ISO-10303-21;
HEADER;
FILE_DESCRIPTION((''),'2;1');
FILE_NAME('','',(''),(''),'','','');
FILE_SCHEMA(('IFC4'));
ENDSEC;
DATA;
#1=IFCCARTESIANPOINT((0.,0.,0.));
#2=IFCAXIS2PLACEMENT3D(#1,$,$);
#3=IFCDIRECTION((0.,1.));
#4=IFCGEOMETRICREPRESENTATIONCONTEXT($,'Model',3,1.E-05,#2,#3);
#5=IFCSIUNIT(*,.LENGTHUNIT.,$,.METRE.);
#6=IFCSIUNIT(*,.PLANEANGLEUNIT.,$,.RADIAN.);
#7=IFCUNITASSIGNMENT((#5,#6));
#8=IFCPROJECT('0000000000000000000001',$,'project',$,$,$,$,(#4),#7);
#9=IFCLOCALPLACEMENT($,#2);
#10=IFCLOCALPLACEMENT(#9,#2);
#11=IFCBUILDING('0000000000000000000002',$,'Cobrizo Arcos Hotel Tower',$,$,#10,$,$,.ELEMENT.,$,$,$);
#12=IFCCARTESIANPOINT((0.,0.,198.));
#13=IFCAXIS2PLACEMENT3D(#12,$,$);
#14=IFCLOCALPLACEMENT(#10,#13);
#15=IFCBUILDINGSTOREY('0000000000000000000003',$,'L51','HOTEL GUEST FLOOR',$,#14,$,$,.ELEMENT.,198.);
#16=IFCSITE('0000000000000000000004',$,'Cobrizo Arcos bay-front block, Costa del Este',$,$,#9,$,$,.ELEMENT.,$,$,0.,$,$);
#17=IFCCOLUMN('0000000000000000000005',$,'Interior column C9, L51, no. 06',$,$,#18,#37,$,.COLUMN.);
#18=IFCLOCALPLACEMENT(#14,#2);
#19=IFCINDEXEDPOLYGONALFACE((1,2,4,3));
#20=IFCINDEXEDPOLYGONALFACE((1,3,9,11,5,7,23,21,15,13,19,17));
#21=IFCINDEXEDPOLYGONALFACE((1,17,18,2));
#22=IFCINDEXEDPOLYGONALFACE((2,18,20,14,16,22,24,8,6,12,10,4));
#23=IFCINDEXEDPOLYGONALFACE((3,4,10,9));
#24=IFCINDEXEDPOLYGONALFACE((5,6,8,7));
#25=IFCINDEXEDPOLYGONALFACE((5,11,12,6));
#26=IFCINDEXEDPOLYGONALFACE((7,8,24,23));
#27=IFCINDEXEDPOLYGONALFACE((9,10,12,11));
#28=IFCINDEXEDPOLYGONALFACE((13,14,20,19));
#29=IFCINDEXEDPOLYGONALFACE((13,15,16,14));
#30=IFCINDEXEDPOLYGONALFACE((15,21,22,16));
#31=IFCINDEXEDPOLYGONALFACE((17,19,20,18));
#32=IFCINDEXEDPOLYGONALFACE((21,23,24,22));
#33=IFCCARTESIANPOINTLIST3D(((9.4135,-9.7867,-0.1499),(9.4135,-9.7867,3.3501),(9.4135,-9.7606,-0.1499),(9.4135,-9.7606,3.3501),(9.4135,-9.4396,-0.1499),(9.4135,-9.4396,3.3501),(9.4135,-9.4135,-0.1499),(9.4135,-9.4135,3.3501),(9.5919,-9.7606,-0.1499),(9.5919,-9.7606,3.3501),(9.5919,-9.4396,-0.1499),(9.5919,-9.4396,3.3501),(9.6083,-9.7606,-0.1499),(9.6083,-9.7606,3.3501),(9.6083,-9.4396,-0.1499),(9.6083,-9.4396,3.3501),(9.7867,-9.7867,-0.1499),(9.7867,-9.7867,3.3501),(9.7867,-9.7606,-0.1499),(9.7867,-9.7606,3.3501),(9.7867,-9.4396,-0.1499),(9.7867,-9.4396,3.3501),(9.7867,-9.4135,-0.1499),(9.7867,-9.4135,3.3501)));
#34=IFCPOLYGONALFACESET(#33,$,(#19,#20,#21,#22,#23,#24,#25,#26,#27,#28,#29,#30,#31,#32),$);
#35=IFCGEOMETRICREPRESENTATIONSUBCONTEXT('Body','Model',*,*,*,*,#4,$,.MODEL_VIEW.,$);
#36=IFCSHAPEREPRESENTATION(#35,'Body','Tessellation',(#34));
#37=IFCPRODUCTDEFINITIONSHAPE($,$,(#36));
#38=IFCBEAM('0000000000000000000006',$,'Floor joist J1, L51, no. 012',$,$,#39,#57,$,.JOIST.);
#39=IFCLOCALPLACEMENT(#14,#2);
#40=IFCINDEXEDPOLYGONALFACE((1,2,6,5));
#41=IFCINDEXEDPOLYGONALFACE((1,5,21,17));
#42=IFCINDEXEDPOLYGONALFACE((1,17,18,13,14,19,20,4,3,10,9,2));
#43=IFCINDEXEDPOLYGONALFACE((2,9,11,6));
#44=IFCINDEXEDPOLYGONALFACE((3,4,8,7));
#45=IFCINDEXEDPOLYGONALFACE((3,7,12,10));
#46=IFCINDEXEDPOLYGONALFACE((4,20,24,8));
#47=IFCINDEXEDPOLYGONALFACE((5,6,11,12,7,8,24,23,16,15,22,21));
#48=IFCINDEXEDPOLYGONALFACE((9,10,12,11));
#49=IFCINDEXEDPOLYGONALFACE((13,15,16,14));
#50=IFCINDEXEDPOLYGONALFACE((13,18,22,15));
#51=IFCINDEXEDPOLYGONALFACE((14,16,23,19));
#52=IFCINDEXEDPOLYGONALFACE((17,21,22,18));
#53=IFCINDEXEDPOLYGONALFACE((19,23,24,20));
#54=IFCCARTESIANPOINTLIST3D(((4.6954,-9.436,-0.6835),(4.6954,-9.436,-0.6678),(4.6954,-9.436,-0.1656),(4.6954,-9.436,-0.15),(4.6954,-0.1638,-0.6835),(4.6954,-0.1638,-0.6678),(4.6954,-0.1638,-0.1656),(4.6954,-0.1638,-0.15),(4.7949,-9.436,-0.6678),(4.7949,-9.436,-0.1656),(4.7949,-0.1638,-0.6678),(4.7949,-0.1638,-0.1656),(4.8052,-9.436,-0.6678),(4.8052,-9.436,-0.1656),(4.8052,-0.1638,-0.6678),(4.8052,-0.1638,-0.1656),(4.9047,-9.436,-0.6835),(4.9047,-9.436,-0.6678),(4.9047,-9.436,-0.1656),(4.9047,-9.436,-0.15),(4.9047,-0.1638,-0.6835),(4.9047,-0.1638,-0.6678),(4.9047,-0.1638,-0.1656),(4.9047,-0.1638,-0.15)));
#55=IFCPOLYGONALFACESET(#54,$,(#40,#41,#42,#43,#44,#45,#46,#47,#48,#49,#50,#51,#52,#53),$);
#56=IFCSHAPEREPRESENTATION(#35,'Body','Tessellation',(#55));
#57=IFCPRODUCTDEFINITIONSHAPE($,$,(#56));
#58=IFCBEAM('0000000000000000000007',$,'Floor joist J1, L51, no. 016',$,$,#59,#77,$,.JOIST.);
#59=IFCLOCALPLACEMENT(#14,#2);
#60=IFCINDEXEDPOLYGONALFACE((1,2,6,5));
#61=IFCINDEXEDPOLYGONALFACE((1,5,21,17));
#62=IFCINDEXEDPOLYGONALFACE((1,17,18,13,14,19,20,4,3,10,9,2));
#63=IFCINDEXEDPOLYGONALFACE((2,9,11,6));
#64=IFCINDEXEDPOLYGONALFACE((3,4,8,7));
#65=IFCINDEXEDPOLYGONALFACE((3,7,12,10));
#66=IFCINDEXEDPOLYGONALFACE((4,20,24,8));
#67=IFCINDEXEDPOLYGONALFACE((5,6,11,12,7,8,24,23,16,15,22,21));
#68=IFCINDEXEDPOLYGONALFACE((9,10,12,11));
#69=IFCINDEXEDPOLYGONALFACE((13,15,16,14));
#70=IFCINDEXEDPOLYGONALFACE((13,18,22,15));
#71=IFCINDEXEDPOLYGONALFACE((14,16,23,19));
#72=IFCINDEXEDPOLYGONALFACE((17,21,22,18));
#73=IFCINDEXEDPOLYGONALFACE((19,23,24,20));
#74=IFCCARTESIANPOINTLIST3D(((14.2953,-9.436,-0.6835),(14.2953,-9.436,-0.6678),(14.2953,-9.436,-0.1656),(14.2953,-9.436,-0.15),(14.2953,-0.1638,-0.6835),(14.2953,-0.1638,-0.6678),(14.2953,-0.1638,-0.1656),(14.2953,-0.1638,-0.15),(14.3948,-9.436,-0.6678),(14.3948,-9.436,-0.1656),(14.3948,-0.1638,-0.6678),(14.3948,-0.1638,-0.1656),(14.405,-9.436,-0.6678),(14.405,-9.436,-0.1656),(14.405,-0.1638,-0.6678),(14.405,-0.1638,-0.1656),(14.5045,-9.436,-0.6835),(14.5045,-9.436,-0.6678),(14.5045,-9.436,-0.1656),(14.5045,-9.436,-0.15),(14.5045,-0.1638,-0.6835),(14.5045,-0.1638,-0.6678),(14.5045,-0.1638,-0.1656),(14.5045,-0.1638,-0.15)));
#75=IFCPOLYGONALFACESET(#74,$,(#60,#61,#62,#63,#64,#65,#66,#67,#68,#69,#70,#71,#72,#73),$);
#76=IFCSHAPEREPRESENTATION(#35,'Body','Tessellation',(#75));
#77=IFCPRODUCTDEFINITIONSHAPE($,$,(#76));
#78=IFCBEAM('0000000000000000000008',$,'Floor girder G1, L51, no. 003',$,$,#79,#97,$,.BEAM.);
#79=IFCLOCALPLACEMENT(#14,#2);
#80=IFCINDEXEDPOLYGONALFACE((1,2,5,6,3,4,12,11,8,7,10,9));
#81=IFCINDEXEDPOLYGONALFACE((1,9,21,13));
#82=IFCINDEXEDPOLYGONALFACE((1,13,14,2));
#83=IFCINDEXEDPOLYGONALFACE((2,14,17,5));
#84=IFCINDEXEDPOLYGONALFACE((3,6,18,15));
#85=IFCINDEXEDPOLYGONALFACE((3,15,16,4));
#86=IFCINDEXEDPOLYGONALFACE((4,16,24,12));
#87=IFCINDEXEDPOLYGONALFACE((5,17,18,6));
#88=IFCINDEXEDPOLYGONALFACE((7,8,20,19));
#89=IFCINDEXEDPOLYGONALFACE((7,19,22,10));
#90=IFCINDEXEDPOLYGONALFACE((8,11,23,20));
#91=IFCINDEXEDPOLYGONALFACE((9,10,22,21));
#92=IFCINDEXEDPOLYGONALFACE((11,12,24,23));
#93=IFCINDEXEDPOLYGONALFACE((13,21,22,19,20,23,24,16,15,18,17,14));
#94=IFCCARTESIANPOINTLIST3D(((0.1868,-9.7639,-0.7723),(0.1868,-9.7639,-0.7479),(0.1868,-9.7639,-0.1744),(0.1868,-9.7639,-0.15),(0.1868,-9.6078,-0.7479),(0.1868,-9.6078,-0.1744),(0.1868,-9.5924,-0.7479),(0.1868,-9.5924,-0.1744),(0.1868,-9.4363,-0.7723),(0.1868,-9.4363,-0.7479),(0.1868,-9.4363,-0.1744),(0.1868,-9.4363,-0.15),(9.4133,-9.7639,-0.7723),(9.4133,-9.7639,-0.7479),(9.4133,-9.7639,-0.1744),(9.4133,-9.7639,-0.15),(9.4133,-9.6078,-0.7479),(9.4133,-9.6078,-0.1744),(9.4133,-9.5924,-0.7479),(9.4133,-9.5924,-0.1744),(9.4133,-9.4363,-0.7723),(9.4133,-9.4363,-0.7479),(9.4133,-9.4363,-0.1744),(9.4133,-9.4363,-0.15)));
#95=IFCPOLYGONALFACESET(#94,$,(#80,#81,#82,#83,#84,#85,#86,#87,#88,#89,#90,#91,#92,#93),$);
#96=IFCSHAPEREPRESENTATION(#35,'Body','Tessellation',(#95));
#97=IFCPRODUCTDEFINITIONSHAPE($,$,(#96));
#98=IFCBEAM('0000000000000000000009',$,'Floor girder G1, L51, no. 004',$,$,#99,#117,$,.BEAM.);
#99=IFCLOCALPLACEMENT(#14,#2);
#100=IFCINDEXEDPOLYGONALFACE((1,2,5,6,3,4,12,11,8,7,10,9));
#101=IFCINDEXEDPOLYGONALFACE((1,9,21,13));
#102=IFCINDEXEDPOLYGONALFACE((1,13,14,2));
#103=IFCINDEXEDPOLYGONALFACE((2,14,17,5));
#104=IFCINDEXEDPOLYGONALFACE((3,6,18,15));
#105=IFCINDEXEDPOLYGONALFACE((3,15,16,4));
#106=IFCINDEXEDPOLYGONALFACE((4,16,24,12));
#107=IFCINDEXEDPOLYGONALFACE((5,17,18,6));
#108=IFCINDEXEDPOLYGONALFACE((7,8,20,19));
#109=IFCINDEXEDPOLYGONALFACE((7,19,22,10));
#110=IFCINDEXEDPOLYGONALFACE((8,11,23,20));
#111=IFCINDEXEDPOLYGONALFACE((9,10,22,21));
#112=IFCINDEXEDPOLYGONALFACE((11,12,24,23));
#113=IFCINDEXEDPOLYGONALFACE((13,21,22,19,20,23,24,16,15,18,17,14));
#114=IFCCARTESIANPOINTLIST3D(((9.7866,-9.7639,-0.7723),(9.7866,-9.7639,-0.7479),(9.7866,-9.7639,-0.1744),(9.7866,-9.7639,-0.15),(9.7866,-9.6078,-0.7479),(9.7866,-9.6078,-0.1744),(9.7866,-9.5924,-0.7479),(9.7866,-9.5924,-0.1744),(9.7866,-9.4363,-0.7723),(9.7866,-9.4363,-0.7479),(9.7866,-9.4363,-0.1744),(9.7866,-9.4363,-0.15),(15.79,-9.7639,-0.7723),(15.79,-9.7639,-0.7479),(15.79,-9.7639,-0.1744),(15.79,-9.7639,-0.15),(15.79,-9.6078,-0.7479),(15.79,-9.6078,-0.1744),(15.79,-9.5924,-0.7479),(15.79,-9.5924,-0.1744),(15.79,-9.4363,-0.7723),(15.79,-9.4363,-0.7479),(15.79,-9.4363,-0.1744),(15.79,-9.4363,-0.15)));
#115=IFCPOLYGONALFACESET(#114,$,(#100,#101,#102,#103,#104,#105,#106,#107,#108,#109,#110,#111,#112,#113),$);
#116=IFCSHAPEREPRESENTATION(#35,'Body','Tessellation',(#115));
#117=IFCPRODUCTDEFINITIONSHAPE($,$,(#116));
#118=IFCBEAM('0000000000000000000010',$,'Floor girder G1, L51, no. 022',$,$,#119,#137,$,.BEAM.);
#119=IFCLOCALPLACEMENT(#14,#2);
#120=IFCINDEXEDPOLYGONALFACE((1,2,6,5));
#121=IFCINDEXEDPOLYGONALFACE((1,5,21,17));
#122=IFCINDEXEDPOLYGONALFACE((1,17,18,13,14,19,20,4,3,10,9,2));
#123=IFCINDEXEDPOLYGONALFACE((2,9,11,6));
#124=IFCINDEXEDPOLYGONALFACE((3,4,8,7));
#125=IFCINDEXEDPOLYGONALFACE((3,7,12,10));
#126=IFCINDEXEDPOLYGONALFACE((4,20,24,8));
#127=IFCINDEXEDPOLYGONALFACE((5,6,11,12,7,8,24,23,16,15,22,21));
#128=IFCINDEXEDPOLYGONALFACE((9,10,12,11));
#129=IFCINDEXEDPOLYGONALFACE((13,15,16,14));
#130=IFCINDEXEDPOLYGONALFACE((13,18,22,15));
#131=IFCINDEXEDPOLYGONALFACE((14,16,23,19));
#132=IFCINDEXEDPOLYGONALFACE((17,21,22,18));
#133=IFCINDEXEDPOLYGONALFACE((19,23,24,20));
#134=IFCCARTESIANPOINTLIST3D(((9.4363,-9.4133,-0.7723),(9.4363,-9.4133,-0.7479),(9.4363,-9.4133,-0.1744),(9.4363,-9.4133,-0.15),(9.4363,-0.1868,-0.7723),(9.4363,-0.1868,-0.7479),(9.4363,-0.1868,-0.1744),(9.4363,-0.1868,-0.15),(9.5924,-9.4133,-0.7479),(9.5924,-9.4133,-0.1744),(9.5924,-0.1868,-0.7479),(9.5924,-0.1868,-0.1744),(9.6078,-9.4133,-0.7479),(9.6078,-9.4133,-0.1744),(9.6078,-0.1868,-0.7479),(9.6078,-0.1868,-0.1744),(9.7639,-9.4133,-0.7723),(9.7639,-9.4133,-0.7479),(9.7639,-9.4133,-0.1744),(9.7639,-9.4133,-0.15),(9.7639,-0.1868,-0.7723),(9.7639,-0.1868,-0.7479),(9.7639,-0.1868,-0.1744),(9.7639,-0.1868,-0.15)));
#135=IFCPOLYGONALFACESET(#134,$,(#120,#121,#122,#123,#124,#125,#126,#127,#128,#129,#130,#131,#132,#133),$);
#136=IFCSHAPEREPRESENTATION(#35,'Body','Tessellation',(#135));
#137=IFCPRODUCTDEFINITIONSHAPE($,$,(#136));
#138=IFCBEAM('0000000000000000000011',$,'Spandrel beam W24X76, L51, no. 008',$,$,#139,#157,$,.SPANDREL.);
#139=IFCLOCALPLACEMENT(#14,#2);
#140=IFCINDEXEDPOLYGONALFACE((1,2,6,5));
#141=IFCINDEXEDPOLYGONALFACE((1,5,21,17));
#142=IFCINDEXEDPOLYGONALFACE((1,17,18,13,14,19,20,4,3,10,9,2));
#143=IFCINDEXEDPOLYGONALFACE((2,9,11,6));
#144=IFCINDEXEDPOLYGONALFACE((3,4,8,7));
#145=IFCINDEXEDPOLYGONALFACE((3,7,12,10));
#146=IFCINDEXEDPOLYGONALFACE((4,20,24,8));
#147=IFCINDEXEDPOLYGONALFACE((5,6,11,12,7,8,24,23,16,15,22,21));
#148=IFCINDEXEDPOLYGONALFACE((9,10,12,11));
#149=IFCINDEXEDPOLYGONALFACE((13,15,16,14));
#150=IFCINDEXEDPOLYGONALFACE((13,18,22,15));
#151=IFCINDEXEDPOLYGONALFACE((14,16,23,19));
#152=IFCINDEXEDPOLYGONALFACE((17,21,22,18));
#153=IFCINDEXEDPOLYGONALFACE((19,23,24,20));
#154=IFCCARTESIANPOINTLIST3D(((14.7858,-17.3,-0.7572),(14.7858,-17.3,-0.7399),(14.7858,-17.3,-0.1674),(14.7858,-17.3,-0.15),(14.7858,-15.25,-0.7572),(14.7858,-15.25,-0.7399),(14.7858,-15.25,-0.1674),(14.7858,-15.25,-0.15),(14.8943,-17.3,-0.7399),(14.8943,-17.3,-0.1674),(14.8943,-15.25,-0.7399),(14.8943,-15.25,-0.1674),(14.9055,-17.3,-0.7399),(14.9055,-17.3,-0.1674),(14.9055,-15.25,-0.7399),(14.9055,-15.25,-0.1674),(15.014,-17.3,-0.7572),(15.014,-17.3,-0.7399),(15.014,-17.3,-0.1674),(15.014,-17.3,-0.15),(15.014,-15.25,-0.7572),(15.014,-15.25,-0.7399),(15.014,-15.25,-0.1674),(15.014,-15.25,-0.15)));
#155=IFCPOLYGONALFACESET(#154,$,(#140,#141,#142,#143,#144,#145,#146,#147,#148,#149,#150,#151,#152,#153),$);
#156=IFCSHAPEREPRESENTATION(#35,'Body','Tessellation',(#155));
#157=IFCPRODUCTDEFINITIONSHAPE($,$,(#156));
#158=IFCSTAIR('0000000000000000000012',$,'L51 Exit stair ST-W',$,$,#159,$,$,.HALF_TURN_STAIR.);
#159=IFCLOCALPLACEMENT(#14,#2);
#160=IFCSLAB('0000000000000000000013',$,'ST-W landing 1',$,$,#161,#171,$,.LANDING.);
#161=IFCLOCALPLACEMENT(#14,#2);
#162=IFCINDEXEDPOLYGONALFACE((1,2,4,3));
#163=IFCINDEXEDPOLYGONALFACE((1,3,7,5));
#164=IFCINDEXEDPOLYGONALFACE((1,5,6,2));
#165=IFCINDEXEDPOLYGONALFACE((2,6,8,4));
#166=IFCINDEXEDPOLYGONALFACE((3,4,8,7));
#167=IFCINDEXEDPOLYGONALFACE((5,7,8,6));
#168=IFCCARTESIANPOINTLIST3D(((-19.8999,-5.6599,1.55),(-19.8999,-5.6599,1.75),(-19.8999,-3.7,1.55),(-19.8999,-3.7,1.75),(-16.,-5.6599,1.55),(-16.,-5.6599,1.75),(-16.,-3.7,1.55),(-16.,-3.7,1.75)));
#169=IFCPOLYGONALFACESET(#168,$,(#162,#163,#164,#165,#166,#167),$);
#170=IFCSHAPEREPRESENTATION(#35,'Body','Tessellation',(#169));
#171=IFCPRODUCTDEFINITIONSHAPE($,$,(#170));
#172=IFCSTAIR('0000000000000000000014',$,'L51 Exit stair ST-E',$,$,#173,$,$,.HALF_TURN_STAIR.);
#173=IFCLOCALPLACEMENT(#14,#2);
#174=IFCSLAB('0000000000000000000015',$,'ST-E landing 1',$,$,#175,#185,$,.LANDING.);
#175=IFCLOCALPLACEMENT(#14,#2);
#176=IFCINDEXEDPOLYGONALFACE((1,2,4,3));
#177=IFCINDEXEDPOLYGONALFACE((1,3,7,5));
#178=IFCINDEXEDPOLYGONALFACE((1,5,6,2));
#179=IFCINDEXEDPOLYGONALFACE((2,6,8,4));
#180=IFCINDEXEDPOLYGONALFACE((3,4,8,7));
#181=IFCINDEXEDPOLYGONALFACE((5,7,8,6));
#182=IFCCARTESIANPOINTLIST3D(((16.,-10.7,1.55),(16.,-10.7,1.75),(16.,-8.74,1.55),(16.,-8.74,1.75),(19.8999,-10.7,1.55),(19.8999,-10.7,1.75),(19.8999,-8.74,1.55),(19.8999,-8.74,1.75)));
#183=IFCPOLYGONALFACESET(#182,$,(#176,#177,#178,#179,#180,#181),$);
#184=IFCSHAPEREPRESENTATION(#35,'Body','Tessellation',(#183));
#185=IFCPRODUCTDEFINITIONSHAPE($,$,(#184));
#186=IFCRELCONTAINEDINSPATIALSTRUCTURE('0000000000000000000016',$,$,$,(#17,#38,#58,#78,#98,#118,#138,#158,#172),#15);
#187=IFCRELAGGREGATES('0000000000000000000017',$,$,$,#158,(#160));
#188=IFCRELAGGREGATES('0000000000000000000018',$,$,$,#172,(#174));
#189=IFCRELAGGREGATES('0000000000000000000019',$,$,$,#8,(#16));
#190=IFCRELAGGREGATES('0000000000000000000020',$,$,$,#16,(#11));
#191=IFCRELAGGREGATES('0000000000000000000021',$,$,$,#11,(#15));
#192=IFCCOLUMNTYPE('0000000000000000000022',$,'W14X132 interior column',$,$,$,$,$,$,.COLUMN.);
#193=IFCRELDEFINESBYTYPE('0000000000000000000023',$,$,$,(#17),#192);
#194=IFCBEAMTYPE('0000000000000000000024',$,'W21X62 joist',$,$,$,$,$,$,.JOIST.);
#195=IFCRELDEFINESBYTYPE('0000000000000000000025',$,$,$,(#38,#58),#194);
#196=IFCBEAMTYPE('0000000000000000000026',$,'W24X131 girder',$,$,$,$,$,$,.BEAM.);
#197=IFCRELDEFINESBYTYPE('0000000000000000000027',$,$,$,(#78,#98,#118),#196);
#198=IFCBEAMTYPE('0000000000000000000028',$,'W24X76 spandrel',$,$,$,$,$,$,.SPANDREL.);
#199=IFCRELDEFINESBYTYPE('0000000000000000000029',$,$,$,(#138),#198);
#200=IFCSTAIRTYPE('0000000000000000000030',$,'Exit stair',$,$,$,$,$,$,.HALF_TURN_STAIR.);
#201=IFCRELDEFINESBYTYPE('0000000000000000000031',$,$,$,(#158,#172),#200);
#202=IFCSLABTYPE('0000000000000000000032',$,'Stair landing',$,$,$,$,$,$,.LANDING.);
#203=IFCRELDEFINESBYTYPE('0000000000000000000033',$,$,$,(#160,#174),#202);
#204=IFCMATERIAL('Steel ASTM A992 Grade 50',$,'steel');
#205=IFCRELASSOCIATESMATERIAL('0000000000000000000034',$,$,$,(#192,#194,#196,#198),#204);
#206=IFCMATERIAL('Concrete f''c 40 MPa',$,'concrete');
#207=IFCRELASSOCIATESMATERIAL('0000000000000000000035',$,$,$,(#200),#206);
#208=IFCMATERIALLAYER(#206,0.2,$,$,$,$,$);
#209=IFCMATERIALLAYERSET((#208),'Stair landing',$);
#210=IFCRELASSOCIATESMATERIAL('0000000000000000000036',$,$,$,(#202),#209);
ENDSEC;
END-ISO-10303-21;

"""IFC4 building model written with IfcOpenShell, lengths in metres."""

from ifc_helpers import new_model, si_unit, direction, frame, origin, origin_2d, place, context, subcontext, project, spatial, polyline, i_section, outline, extrude, material, layer, layer_set, material_profile, profile_set, type_object, element, aggregate, save


model = new_model("IFC4")

# Units and contexts
model_context = context("Model", 3, precision=1e-05, world=origin(), true_north=direction((0.0, 1.0)))
body_context = subcontext(model_context, "Body", "Model", "MODEL_VIEW")
ifc_project = project(units=[si_unit("LENGTHUNIT", "METRE"), si_unit("PLANEANGLEUNIT", "RADIAN")], contexts=[model_context])

# Site, building, storey
site_placement = place(None, origin())
site = spatial("IfcSite", under=ifc_project, at=site_placement, Name="Cobrizo Arcos bay-front block, Costa del Este", CompositionType="ELEMENT", RefElevation=0.0)
building_placement = place(site_placement, origin())
building = spatial("IfcBuilding", under=site, at=building_placement, Name="Cobrizo Arcos Hotel Tower", CompositionType="ELEMENT")
storey_placement = place(building_placement, frame((0.0, 0.0, 198.0)))
storey = spatial("IfcBuildingStorey", under=building, at=storey_placement, Name="L51", Description="HOTEL GUEST FLOOR", CompositionType="ELEMENT", Elevation=198.0)

# Column
ifc_material_1 = material(Name="Steel ASTM A992 Grade 50", Category="steel")
ifc_material_profile_1 = material_profile(ifc_material_1, i_section(OverallWidth=0.3733, OverallDepth=0.3733, WebThickness=0.0164, FlangeThickness=0.0261, at=origin_2d()), Name="W14X132")
ifc_profile_set_1 = profile_set([ifc_material_profile_1], Name="Steel ASTM A992 Grade 50")
column_type = type_object("IfcColumnType", Name="W14X132 interior column", PredefinedType="COLUMN", material=ifc_profile_set_1)
column_placement = place(storey_placement, frame((9.6001, -9.6001, -0.1499), z_axis=(0.0, 0.0, 1.0), x_axis=(1.0, 0.0, 0.0)))
element("IfcColumn", 1, at=column_placement, inside=storey, type_object=column_type, Name="Interior column C9, L51, no. 06", PredefinedType="COLUMN", context=body_context, shape_type="SweptSolid", body=[
    extrude(i_section(OverallWidth=0.3733, OverallDepth=0.3733, WebThickness=0.0164, FlangeThickness=0.0261, at=origin_2d()), origin(), (0.0, 0.0, 1.0), 3.5),
])

# Beams
ifc_material_profile_2 = material_profile(ifc_material_1, i_section(OverallWidth=0.2092, OverallDepth=0.5334, WebThickness=0.0103, FlangeThickness=0.0156, at=origin_2d()), Name="W21X62")
ifc_profile_set_2 = profile_set([ifc_material_profile_2], Name="Steel ASTM A992 Grade 50")
beam_type_1 = type_object("IfcBeamType", Name="W21X62 joist", PredefinedType="JOIST", material=ifc_profile_set_2)
for number, where, z_axis, x_axis, name in (
    (2, (4.8, -9.436, -0.4167), (0.0, 1.0, 0.0), (-1.0, 0.0, 0.0), "Floor joist J1, L51, no. 012"),
    (3, (14.3999, -9.436, -0.4167), (0.0, 1.0, 0.0), (-1.0, 0.0, 0.0), "Floor joist J1, L51, no. 016"),
):
    element("IfcBeam", number, at=place(storey_placement, frame(where, z_axis=z_axis, x_axis=x_axis)), inside=storey, type_object=beam_type_1, Name=name, PredefinedType="JOIST", context=body_context, shape_type="SweptSolid", body=[
        extrude(i_section(OverallWidth=0.2092, OverallDepth=0.5334, WebThickness=0.0103, FlangeThickness=0.0156, at=origin_2d()), origin(), (0.0, 0.0, 1.0), 9.2722),
    ])
ifc_material_profile_3 = material_profile(ifc_material_1, i_section(OverallWidth=0.3276, OverallDepth=0.6223, WebThickness=0.0154, FlangeThickness=0.0244, at=origin_2d()), Name="W24X131")
ifc_profile_set_3 = profile_set([ifc_material_profile_3], Name="Steel ASTM A992 Grade 50")
beam_type_2 = type_object("IfcBeamType", Name="W24X131 girder", PredefinedType="BEAM", material=ifc_profile_set_3)
beam_1_placement = place(storey_placement, frame((0.1868, -9.6001, -0.4612), z_axis=(1.0, 0.0, 0.0), x_axis=(0.0, 1.0, 0.0)))
element("IfcBeam", 4, at=beam_1_placement, inside=storey, type_object=beam_type_2, Name="Floor girder G1, L51, no. 003", PredefinedType="BEAM", context=body_context, shape_type="SweptSolid", body=[
    extrude(i_section(OverallWidth=0.3276, OverallDepth=0.6223, WebThickness=0.0154, FlangeThickness=0.0244, at=origin_2d()), origin(), (0.0, 0.0, 1.0), 9.2266),
])
beam_2_placement = place(storey_placement, frame((9.7866, -9.6001, -0.4612), z_axis=(1.0, 0.0, 0.0), x_axis=(0.0, 1.0, 0.0)))
element("IfcBeam", 5, at=beam_2_placement, inside=storey, type_object=beam_type_2, Name="Floor girder G1, L51, no. 004", PredefinedType="BEAM", context=body_context, shape_type="SweptSolid", body=[
    extrude(i_section(OverallWidth=0.3276, OverallDepth=0.6223, WebThickness=0.0154, FlangeThickness=0.0244, at=origin_2d()), origin(), (0.0, 0.0, 1.0), 6.0034),
])
beam_3_placement = place(storey_placement, frame((9.6001, -9.4133, -0.4612), z_axis=(0.0, 1.0, 0.0), x_axis=(-1.0, 0.0, 0.0)))
element("IfcBeam", 6, at=beam_3_placement, inside=storey, type_object=beam_type_2, Name="Floor girder G1, L51, no. 022", PredefinedType="BEAM", context=body_context, shape_type="SweptSolid", body=[
    extrude(i_section(OverallWidth=0.3276, OverallDepth=0.6223, WebThickness=0.0154, FlangeThickness=0.0244, at=origin_2d()), origin(), (0.0, 0.0, 1.0), 9.2266),
])
ifc_material_profile_4 = material_profile(ifc_material_1, i_section(OverallWidth=0.2283, OverallDepth=0.6072, WebThickness=0.0112, FlangeThickness=0.0173, at=origin_2d()), Name="W24X76")
ifc_profile_set_4 = profile_set([ifc_material_profile_4], Name="Steel ASTM A992 Grade 50")
beam_type_3 = type_object("IfcBeamType", Name="W24X76 spandrel", PredefinedType="SPANDREL", material=ifc_profile_set_4)
beam_4_placement = place(storey_placement, frame((14.8999, -17.3, -0.4536), z_axis=(0.0, 1.0, 0.0), x_axis=(-1.0, 0.0, 0.0)))
element("IfcBeam", 7, at=beam_4_placement, inside=storey, type_object=beam_type_3, Name="Spandrel beam W24X76, L51, no. 008", PredefinedType="SPANDREL", context=body_context, shape_type="SweptSolid", body=[
    extrude(i_section(OverallWidth=0.2283, OverallDepth=0.6072, WebThickness=0.0112, FlangeThickness=0.0173, at=origin_2d()), origin(), (0.0, 0.0, 1.0), 2.05),
])

# Stairs, slabs
ifc_material_2 = material(Name="Concrete f'c 40 MPa", Category="concrete")
stair_type = type_object("IfcStairType", Name="Exit stair", PredefinedType="HALF_TURN_STAIR", material=ifc_material_2)
stair_1_placement = place(storey_placement, origin())
stair_1 = element("IfcStair", 8, at=stair_1_placement, inside=storey, type_object=stair_type, Name="L51 Exit stair ST-W", PredefinedType="HALF_TURN_STAIR")
ifc_layer_1 = layer(ifc_material_2, 0.2)
ifc_layer_set_1 = layer_set([ifc_layer_1], Name="Stair landing")
slab_type = type_object("IfcSlabType", Name="Stair landing", PredefinedType="LANDING", material=ifc_layer_set_1)
slab_1_placement = place(storey_placement, frame((0.0, 0.0, 1.55)))
slab_1 = element("IfcSlab", 9, at=slab_1_placement, type_object=slab_type, Name="ST-W landing 1", PredefinedType="LANDING", context=body_context, shape_type="SweptSolid", body=[
    extrude(outline(polyline([(-16.0, -5.6599), (-16.0, -3.7), (-19.8999, -3.7), (-19.8999, -5.6599), (-16.0, -5.6599)])), origin(), (0.0, 0.0, 1.0), 0.2),
])
aggregate(stair_1, [slab_1])
stair_2_placement = place(storey_placement, origin())
stair_2 = element("IfcStair", 10, at=stair_2_placement, inside=storey, type_object=stair_type, Name="L51 Exit stair ST-E", PredefinedType="HALF_TURN_STAIR")
slab_2_placement = place(storey_placement, frame((0.0, 0.0, 1.55)))
slab_2 = element("IfcSlab", 11, at=slab_2_placement, type_object=slab_type, Name="ST-E landing 1", PredefinedType="LANDING", context=body_context, shape_type="SweptSolid", body=[
    extrude(outline(polyline([(16.0, -8.74), (16.0, -10.7), (19.8999, -10.7), (19.8999, -8.74), (16.0, -8.74)])), origin(), (0.0, 0.0, 1.0), 0.2),
])
aggregate(stair_2, [slab_2])

save(model, "model.ifc")
